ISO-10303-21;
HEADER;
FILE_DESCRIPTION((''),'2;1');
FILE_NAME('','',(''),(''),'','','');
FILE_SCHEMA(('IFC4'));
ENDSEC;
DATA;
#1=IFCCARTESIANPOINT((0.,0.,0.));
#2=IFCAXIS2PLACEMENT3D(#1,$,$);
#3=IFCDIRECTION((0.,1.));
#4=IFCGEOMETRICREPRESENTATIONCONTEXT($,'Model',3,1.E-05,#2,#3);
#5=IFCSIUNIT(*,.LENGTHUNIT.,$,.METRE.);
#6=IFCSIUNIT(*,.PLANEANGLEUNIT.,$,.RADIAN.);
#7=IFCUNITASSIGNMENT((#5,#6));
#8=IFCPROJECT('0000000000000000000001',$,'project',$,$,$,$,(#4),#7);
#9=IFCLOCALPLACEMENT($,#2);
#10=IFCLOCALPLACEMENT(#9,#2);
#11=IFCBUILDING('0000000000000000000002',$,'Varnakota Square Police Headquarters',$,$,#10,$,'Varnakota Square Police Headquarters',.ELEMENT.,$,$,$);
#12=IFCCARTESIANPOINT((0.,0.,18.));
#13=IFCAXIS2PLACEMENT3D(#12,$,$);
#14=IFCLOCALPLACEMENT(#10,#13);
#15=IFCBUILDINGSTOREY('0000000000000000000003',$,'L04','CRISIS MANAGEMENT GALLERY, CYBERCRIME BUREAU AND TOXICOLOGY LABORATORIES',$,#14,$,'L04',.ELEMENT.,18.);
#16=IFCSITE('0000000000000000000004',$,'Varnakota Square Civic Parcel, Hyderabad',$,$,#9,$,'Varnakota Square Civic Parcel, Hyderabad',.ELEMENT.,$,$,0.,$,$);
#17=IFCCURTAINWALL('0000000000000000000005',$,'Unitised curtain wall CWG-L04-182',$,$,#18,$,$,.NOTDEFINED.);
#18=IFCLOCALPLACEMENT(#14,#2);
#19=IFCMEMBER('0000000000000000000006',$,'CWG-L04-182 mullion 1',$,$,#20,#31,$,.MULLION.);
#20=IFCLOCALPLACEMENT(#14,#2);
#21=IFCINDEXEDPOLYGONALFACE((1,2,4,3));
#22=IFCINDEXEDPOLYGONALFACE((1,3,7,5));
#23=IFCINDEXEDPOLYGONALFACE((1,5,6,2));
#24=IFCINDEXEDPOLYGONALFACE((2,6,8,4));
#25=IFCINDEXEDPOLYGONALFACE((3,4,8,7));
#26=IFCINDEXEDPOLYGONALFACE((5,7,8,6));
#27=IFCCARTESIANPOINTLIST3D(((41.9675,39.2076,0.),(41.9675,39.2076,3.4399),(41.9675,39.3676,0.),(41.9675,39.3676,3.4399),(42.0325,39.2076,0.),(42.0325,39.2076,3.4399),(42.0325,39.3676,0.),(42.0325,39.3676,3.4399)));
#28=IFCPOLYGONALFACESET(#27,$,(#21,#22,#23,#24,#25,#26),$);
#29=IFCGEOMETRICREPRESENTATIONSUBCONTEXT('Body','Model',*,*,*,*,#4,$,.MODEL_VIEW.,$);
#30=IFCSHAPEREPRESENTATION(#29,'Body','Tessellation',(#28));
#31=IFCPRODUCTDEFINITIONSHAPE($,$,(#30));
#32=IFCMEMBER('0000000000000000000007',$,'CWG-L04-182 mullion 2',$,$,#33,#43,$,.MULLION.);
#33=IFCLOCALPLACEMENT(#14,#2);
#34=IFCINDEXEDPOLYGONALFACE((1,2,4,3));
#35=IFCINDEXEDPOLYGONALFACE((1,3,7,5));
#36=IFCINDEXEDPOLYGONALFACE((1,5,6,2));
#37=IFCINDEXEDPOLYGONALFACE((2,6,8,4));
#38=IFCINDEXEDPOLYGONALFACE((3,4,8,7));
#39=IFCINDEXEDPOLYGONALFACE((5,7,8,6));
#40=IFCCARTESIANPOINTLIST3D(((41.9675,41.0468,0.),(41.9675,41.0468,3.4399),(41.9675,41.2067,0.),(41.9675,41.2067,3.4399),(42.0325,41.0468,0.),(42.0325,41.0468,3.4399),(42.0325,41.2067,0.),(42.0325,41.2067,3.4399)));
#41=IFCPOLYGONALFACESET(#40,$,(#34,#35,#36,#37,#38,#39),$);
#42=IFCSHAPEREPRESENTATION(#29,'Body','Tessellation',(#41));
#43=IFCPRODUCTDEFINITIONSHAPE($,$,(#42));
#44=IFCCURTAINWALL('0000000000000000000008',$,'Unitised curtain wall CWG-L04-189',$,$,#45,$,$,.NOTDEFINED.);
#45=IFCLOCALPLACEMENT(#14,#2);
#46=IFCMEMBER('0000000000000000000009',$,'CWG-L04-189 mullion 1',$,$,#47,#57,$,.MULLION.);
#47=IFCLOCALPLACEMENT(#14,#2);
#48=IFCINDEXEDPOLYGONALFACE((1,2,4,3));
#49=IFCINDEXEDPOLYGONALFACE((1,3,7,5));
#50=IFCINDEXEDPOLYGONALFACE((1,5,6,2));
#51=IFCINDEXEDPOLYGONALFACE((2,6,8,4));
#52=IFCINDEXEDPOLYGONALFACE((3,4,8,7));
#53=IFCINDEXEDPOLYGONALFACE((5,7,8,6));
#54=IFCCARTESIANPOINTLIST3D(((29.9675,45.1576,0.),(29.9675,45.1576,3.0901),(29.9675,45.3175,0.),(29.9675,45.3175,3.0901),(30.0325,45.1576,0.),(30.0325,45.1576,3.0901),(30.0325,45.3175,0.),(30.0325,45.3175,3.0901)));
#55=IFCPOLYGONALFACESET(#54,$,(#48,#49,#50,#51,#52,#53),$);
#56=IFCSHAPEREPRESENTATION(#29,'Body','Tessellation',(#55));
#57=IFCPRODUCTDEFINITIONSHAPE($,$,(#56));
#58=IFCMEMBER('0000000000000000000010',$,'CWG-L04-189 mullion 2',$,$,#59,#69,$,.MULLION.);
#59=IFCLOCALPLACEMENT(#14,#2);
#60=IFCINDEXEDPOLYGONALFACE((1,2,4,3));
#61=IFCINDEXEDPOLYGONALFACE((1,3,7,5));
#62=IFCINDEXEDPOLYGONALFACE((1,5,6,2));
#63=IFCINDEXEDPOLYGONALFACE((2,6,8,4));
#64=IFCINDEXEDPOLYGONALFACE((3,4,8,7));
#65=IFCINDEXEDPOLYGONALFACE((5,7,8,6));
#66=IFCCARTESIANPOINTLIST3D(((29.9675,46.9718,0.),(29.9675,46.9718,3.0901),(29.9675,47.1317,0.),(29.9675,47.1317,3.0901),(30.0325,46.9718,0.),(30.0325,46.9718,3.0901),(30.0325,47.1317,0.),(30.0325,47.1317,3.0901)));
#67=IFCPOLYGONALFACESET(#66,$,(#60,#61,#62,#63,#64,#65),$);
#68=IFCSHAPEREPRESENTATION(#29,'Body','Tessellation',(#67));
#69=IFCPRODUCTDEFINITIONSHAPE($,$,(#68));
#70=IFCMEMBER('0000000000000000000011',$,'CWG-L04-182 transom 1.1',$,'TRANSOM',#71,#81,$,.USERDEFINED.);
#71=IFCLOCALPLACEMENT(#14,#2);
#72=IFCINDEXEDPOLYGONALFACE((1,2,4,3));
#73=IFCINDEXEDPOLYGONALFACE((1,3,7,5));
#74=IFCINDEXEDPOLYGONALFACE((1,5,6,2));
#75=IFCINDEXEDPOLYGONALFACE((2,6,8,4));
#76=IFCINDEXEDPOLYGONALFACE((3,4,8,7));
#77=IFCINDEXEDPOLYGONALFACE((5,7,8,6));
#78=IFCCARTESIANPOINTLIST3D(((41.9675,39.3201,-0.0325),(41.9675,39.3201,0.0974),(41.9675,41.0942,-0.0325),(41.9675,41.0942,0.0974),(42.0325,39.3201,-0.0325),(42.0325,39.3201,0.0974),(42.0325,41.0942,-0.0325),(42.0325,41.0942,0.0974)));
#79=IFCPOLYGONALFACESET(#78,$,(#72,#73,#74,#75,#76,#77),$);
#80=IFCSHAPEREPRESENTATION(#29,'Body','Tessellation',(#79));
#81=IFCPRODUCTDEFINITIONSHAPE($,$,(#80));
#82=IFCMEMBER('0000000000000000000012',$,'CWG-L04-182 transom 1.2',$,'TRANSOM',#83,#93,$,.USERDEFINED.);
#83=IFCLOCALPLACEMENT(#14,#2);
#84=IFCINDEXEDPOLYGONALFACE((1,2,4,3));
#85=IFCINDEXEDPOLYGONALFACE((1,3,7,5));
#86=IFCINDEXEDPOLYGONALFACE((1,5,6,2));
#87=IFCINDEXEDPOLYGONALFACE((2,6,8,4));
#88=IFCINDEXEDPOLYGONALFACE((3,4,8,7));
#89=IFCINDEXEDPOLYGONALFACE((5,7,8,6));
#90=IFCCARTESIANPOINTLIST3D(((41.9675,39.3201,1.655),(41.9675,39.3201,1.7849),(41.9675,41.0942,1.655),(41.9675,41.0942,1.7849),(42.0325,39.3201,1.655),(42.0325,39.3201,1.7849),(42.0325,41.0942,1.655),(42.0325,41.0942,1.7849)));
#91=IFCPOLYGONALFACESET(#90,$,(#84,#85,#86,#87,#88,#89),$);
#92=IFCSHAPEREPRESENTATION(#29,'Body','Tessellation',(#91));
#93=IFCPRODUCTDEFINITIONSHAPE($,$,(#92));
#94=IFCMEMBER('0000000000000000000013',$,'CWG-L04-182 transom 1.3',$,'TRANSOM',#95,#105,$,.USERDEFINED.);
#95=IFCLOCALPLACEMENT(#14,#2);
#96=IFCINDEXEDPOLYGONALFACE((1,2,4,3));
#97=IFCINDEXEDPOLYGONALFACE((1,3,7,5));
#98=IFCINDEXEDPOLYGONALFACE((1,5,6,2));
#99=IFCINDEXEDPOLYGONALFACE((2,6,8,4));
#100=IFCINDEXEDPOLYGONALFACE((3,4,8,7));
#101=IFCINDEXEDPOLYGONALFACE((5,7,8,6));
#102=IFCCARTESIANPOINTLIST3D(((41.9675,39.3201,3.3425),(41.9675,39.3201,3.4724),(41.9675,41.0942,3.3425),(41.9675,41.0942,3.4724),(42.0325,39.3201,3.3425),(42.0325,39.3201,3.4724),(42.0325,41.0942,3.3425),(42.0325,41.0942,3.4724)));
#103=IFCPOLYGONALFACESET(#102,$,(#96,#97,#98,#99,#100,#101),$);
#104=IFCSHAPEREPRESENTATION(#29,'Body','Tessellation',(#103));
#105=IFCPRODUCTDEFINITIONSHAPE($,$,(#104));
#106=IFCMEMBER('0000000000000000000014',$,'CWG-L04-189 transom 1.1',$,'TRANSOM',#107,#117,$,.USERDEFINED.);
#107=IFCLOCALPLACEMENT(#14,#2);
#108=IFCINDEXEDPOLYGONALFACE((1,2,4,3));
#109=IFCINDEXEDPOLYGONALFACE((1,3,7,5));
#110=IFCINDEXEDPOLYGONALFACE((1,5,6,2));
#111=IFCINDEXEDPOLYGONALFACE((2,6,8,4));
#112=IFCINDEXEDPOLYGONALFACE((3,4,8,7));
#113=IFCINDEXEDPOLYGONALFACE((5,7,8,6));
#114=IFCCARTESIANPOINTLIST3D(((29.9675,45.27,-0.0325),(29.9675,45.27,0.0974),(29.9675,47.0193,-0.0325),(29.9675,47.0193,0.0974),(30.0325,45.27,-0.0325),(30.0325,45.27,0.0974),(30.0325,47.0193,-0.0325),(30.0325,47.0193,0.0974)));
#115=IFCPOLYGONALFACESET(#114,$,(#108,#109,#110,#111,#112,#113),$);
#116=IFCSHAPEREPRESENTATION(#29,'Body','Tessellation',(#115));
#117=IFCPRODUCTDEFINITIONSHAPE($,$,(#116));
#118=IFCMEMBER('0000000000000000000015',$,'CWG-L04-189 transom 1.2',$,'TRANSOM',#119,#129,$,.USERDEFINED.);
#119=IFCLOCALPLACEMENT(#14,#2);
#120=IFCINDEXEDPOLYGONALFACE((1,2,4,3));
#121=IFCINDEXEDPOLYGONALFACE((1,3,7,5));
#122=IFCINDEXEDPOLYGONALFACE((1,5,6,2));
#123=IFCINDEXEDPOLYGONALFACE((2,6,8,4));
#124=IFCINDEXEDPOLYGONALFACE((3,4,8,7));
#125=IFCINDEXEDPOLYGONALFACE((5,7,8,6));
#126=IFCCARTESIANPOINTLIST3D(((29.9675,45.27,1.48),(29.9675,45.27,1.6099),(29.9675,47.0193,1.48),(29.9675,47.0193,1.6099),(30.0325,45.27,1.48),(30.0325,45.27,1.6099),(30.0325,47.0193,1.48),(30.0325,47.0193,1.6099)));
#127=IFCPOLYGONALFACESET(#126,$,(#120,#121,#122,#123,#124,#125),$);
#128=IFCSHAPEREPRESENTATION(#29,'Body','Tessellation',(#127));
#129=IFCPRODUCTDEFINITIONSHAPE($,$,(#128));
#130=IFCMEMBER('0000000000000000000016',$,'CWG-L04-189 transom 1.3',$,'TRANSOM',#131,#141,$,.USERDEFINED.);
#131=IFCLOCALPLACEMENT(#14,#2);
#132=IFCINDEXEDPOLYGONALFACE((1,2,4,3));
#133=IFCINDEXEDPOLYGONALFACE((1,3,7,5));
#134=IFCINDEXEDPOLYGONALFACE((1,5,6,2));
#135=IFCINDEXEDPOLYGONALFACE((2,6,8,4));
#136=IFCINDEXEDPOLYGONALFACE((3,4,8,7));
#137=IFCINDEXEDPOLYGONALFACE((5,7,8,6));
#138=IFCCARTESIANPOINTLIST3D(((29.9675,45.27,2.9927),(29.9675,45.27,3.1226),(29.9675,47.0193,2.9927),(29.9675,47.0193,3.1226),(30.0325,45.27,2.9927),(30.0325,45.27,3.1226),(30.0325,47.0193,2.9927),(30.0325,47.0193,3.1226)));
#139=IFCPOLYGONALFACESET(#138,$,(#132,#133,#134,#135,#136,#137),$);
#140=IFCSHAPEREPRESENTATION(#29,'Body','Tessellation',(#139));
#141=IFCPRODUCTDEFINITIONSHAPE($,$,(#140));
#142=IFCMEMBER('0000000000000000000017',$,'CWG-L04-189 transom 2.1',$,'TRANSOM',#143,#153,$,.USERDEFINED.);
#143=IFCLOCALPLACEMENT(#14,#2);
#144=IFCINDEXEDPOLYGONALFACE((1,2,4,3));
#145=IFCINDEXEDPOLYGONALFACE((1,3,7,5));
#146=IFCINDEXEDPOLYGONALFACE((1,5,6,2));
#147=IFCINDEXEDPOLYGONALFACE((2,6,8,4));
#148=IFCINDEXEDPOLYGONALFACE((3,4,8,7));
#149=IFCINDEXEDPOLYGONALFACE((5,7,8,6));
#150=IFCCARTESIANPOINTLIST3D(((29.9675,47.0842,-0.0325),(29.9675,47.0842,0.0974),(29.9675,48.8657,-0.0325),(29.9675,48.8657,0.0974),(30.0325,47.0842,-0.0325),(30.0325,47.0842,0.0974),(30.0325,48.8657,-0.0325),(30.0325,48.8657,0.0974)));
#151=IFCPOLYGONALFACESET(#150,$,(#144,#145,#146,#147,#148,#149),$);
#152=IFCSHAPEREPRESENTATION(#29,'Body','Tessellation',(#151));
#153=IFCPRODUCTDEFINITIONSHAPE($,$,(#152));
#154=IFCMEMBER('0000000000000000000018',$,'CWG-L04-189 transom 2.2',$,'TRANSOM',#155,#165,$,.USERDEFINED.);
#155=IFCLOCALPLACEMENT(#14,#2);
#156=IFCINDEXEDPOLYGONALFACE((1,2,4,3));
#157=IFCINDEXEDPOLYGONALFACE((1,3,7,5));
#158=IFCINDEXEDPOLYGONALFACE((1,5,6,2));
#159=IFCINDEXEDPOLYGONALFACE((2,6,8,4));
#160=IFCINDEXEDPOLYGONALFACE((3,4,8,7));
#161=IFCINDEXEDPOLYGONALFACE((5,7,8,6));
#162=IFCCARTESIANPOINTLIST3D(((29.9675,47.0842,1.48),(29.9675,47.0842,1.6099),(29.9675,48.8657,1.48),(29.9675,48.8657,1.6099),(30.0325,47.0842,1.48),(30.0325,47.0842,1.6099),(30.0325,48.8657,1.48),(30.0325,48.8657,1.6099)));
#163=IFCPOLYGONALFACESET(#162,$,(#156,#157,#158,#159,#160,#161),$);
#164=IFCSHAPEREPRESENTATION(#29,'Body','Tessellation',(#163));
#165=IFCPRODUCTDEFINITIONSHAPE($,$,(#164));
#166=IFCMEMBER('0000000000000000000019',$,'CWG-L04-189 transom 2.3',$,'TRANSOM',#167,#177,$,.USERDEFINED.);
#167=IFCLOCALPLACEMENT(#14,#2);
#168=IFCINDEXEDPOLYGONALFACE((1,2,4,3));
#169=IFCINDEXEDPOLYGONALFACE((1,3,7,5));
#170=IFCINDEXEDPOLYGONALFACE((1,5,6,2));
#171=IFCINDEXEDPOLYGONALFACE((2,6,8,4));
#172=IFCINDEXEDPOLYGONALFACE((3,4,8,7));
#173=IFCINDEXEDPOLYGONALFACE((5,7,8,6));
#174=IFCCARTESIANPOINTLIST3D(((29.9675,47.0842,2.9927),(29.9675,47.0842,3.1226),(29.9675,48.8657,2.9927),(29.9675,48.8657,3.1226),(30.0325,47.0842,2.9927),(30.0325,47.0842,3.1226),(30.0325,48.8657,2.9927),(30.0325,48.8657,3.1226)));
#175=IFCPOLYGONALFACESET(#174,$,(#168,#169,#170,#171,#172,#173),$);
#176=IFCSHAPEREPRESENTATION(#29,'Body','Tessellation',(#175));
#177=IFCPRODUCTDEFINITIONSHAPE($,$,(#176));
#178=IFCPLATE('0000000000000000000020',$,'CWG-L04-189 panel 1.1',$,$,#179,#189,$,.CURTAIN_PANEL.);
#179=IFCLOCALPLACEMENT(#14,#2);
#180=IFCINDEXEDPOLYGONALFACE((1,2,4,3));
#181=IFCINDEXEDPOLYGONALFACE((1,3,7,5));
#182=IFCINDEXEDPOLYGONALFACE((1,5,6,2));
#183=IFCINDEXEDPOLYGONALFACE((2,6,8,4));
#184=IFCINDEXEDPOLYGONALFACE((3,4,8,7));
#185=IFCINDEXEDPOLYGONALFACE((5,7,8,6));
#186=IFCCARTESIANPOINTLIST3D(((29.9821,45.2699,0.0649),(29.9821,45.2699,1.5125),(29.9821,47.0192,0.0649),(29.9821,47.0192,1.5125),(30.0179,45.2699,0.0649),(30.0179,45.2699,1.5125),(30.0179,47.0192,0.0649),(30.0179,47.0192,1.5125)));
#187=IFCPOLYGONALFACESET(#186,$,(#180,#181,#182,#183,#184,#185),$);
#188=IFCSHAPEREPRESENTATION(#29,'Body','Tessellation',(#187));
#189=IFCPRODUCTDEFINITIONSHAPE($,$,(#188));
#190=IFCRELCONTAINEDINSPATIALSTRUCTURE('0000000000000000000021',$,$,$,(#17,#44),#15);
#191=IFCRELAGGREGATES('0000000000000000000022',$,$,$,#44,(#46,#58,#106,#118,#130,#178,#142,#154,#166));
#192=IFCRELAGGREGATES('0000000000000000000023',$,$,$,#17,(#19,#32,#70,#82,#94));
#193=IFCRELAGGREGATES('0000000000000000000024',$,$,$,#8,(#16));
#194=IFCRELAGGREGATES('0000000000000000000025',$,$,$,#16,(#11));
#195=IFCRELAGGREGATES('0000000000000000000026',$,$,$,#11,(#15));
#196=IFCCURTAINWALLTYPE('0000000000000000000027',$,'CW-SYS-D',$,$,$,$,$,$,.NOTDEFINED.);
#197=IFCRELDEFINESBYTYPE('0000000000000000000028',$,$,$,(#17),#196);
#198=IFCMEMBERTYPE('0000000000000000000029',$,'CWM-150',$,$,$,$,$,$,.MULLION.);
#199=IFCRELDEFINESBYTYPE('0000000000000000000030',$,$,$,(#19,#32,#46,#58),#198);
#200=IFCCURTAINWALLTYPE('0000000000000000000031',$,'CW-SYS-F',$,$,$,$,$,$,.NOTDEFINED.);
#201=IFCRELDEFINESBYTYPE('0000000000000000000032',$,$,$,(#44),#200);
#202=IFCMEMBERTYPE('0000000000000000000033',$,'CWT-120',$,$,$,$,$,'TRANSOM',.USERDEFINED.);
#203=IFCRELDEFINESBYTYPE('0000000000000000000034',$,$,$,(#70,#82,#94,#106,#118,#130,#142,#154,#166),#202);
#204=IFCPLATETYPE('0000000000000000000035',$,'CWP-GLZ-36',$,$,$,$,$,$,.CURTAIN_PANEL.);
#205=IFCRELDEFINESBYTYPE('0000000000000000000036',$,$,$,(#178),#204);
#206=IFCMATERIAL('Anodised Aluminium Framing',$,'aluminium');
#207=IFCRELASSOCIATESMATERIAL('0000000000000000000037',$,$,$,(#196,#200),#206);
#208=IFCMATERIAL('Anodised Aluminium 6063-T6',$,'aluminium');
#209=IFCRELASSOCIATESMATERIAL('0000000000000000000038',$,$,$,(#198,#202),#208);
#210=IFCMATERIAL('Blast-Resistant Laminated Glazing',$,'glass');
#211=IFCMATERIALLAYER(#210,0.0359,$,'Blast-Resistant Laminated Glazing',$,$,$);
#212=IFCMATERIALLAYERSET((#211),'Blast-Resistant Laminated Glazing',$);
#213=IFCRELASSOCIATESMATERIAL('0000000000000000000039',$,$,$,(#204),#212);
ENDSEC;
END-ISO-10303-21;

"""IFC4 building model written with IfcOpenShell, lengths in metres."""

from ifc_helpers import new_model, si_unit, direction, frame, origin, origin_2d, place, context, subcontext, project, spatial, rectangle, extrude, material, layer, layer_set, material_profile, profile_set, type_object, element, aggregate, save


model = new_model("IFC4")

# Units and contexts
model_context = context("Model", 3, precision=1e-05, world=origin(), true_north=direction((0.0, 1.0)))
body_context = subcontext(model_context, "Body", "Model", "MODEL_VIEW")
ifc_project = project(units=[si_unit("LENGTHUNIT", "METRE"), si_unit("PLANEANGLEUNIT", "RADIAN")], contexts=[model_context])

# Site, building, storey
site_placement = place(None, origin())
site = spatial("IfcSite", under=ifc_project, at=site_placement, Name="Varnakota Square Civic Parcel, Hyderabad", LongName="Varnakota Square Civic Parcel, Hyderabad", CompositionType="ELEMENT", RefElevation=0.0)
building_placement = place(site_placement, origin())
building = spatial("IfcBuilding", under=site, at=building_placement, Name="Varnakota Square Police Headquarters", LongName="Varnakota Square Police Headquarters", CompositionType="ELEMENT")
storey_placement = place(building_placement, frame((0.0, 0.0, 18.0)))
storey = spatial("IfcBuildingStorey", under=building, at=storey_placement, Name="L04", Description="CRISIS MANAGEMENT GALLERY, CYBERCRIME BUREAU AND TOXICOLOGY LABORATORIES", LongName="L04", CompositionType="ELEMENT", Elevation=18.0)

# Curtain walls, members
ifc_material_1 = material(Name="Anodised Aluminium Framing", Category="aluminium")
curtain_wall_type_1 = type_object("IfcCurtainWallType", Name="CW-SYS-D", PredefinedType="NOTDEFINED", material=ifc_material_1)
curtain_wall_1_placement = place(storey_placement, origin())
curtain_wall_1 = element("IfcCurtainWall", 1, at=curtain_wall_1_placement, inside=storey, type_object=curtain_wall_type_1, Name="Unitised curtain wall CWG-L04-182", PredefinedType="NOTDEFINED")
ifc_material_2 = material(Name="Anodised Aluminium 6063-T6", Category="aluminium")
ifc_material_profile_1 = material_profile(ifc_material_2, rectangle(XDim=0.0649, YDim=0.1599, at=origin_2d()), Name="ALU MULLION 65x160")
ifc_profile_set_1 = profile_set([ifc_material_profile_1], Name="Anodised Aluminium 6063-T6")
member_type_1 = type_object("IfcMemberType", Name="CWM-150", PredefinedType="MULLION", material=ifc_profile_set_1)
member_1_placement = place(storey_placement, frame((42.0, 39.2876, 0.0), z_axis=(0.0, 0.0, 1.0), x_axis=(-1.0, 0.0, 0.0)))
member_1 = element("IfcMember", 2, at=member_1_placement, type_object=member_type_1, Name="CWG-L04-182 mullion 1", PredefinedType="MULLION", context=body_context, shape_type="SweptSolid", body=[
    extrude(rectangle(XDim=0.0649, YDim=0.1599, at=origin_2d()), origin(), (0.0, 0.0, 1.0), 3.4399),
])
member_2_placement = place(storey_placement, frame((42.0, 41.1267, 0.0), z_axis=(0.0, 0.0, 1.0), x_axis=(-1.0, 0.0, 0.0)))
member_2 = element("IfcMember", 3, at=member_2_placement, type_object=member_type_1, Name="CWG-L04-182 mullion 2", PredefinedType="MULLION", context=body_context, shape_type="SweptSolid", body=[
    extrude(rectangle(XDim=0.0649, YDim=0.1599, at=origin_2d()), origin(), (0.0, 0.0, 1.0), 3.4399),
])
curtain_wall_type_2 = type_object("IfcCurtainWallType", Name="CW-SYS-F", PredefinedType="NOTDEFINED", material=ifc_material_1)
curtain_wall_2_placement = place(storey_placement, origin())
curtain_wall_2 = element("IfcCurtainWall", 4, at=curtain_wall_2_placement, inside=storey, type_object=curtain_wall_type_2, Name="Unitised curtain wall CWG-L04-189", PredefinedType="NOTDEFINED")
member_3_placement = place(storey_placement, frame((30.0, 45.2375, 0.0), z_axis=(0.0, 0.0, 1.0), x_axis=(-1.0, 0.0, 0.0)))
member_3 = element("IfcMember", 5, at=member_3_placement, type_object=member_type_1, Name="CWG-L04-189 mullion 1", PredefinedType="MULLION", context=body_context, shape_type="SweptSolid", body=[
    extrude(rectangle(XDim=0.0649, YDim=0.1599, at=origin_2d()), origin(), (0.0, 0.0, 1.0), 3.0901),
])
member_4_placement = place(storey_placement, frame((30.0, 47.0518, 0.0), z_axis=(0.0, 0.0, 1.0), x_axis=(-1.0, 0.0, 0.0)))
member_4 = element("IfcMember", 6, at=member_4_placement, type_object=member_type_1, Name="CWG-L04-189 mullion 2", PredefinedType="MULLION", context=body_context, shape_type="SweptSolid", body=[
    extrude(rectangle(XDim=0.0649, YDim=0.1599, at=origin_2d()), origin(), (0.0, 0.0, 1.0), 3.0901),
])

# Members
ifc_material_profile_2 = material_profile(ifc_material_2, rectangle(XDim=0.0649, YDim=0.1299, at=origin_2d()), Name="ALU TRANSOM 65x130")
ifc_profile_set_2 = profile_set([ifc_material_profile_2], Name="Anodised Aluminium 6063-T6")
member_type_2 = type_object("IfcMemberType", Name="CWT-120", ElementType="TRANSOM", PredefinedType="USERDEFINED", material=ifc_profile_set_2)
member_5_placement = place(storey_placement, frame((42.0, 39.3201, 0.0325), z_axis=(0.0, 1.0, 0.0), x_axis=(-1.0, 0.0, 0.0)))
member_5 = element("IfcMember", 7, at=member_5_placement, type_object=member_type_2, Name="CWG-L04-182 transom 1.1", ObjectType="TRANSOM", PredefinedType="USERDEFINED", context=body_context, shape_type="SweptSolid", body=[
    extrude(rectangle(XDim=0.0649, YDim=0.1299, at=origin_2d()), origin(), (0.0, 0.0, 1.0), 1.7742),
])
member_6_placement = place(storey_placement, frame((42.0, 39.3201, 1.72), z_axis=(0.0, 1.0, 0.0), x_axis=(-1.0, 0.0, 0.0)))
member_6 = element("IfcMember", 8, at=member_6_placement, type_object=member_type_2, Name="CWG-L04-182 transom 1.2", ObjectType="TRANSOM", PredefinedType="USERDEFINED", context=body_context, shape_type="SweptSolid", body=[
    extrude(rectangle(XDim=0.0649, YDim=0.1299, at=origin_2d()), origin(), (0.0, 0.0, 1.0), 1.7742),
])
member_7_placement = place(storey_placement, frame((42.0, 39.3201, 3.4075), z_axis=(0.0, 1.0, 0.0), x_axis=(-1.0, 0.0, 0.0)))
member_7 = element("IfcMember", 9, at=member_7_placement, type_object=member_type_2, Name="CWG-L04-182 transom 1.3", ObjectType="TRANSOM", PredefinedType="USERDEFINED", context=body_context, shape_type="SweptSolid", body=[
    extrude(rectangle(XDim=0.0649, YDim=0.1299, at=origin_2d()), origin(), (0.0, 0.0, 1.0), 1.7742),
])
member_8_placement = place(storey_placement, frame((30.0, 45.27, 0.0325), z_axis=(0.0, 1.0, 0.0), x_axis=(-1.0, 0.0, 0.0)))
member_8 = element("IfcMember", 10, at=member_8_placement, type_object=member_type_2, Name="CWG-L04-189 transom 1.1", ObjectType="TRANSOM", PredefinedType="USERDEFINED", context=body_context, shape_type="SweptSolid", body=[
    extrude(rectangle(XDim=0.0649, YDim=0.1299, at=origin_2d()), origin(), (0.0, 0.0, 1.0), 1.7493),
])
member_9_placement = place(storey_placement, frame((30.0, 45.27, 1.5449), z_axis=(0.0, 1.0, 0.0), x_axis=(-1.0, 0.0, 0.0)))
member_9 = element("IfcMember", 11, at=member_9_placement, type_object=member_type_2, Name="CWG-L04-189 transom 1.2", ObjectType="TRANSOM", PredefinedType="USERDEFINED", context=body_context, shape_type="SweptSolid", body=[
    extrude(rectangle(XDim=0.0649, YDim=0.1299, at=origin_2d()), origin(), (0.0, 0.0, 1.0), 1.7493),
])
member_10_placement = place(storey_placement, frame((30.0, 45.27, 3.0576), z_axis=(0.0, 1.0, 0.0), x_axis=(-1.0, 0.0, 0.0)))
member_10 = element("IfcMember", 12, at=member_10_placement, type_object=member_type_2, Name="CWG-L04-189 transom 1.3", ObjectType="TRANSOM", PredefinedType="USERDEFINED", context=body_context, shape_type="SweptSolid", body=[
    extrude(rectangle(XDim=0.0649, YDim=0.1299, at=origin_2d()), origin(), (0.0, 0.0, 1.0), 1.7493),
])
member_11_placement = place(storey_placement, frame((30.0, 47.0842, 0.0325), z_axis=(0.0, 1.0, 0.0), x_axis=(-1.0, 0.0, 0.0)))
member_11 = element("IfcMember", 13, at=member_11_placement, type_object=member_type_2, Name="CWG-L04-189 transom 2.1", ObjectType="TRANSOM", PredefinedType="USERDEFINED", context=body_context, shape_type="SweptSolid", body=[
    extrude(rectangle(XDim=0.0649, YDim=0.1299, at=origin_2d()), origin(), (0.0, 0.0, 1.0), 1.7815),
])
member_12_placement = place(storey_placement, frame((30.0, 47.0842, 1.5449), z_axis=(0.0, 1.0, 0.0), x_axis=(-1.0, 0.0, 0.0)))
member_12 = element("IfcMember", 14, at=member_12_placement, type_object=member_type_2, Name="CWG-L04-189 transom 2.2", ObjectType="TRANSOM", PredefinedType="USERDEFINED", context=body_context, shape_type="SweptSolid", body=[
    extrude(rectangle(XDim=0.0649, YDim=0.1299, at=origin_2d()), origin(), (0.0, 0.0, 1.0), 1.7815),
])
member_13_placement = place(storey_placement, frame((30.0, 47.0842, 3.0576), z_axis=(0.0, 1.0, 0.0), x_axis=(-1.0, 0.0, 0.0)))
member_13 = element("IfcMember", 15, at=member_13_placement, type_object=member_type_2, Name="CWG-L04-189 transom 2.3", ObjectType="TRANSOM", PredefinedType="USERDEFINED", context=body_context, shape_type="SweptSolid", body=[
    extrude(rectangle(XDim=0.0649, YDim=0.1299, at=origin_2d()), origin(), (0.0, 0.0, 1.0), 1.7815),
])

# Plate
ifc_material_3 = material(Name="Blast-Resistant Laminated Glazing", Category="glass")
ifc_layer_1 = layer(ifc_material_3, 0.0359, Name="Blast-Resistant Laminated Glazing")
ifc_layer_set_1 = layer_set([ifc_layer_1], Name="Blast-Resistant Laminated Glazing")
plate_type_1 = type_object("IfcPlateType", Name="CWP-GLZ-36", PredefinedType="CURTAIN_PANEL", material=ifc_layer_set_1)
plate_1_placement = place(storey_placement, frame((30.0, 46.1445, 0.0649), z_axis=(0.0, 0.0, 1.0), x_axis=(0.0, 1.0, 0.0)))
plate_1 = element("IfcPlate", 16, at=plate_1_placement, type_object=plate_type_1, Name="CWG-L04-189 panel 1.1", PredefinedType="CURTAIN_PANEL", context=body_context, shape_type="SweptSolid", body=[
    extrude(rectangle(XDim=1.7493, YDim=0.0359, at=origin_2d()), origin(), (0.0, 0.0, 1.0), 1.4475),
])
aggregate(curtain_wall_2, [member_3, member_4, member_8, member_9, member_10, plate_1, member_11, member_12, member_13])
aggregate(curtain_wall_1, [member_1, member_2, member_5, member_6, member_7])

save(model, "model.ifc")
